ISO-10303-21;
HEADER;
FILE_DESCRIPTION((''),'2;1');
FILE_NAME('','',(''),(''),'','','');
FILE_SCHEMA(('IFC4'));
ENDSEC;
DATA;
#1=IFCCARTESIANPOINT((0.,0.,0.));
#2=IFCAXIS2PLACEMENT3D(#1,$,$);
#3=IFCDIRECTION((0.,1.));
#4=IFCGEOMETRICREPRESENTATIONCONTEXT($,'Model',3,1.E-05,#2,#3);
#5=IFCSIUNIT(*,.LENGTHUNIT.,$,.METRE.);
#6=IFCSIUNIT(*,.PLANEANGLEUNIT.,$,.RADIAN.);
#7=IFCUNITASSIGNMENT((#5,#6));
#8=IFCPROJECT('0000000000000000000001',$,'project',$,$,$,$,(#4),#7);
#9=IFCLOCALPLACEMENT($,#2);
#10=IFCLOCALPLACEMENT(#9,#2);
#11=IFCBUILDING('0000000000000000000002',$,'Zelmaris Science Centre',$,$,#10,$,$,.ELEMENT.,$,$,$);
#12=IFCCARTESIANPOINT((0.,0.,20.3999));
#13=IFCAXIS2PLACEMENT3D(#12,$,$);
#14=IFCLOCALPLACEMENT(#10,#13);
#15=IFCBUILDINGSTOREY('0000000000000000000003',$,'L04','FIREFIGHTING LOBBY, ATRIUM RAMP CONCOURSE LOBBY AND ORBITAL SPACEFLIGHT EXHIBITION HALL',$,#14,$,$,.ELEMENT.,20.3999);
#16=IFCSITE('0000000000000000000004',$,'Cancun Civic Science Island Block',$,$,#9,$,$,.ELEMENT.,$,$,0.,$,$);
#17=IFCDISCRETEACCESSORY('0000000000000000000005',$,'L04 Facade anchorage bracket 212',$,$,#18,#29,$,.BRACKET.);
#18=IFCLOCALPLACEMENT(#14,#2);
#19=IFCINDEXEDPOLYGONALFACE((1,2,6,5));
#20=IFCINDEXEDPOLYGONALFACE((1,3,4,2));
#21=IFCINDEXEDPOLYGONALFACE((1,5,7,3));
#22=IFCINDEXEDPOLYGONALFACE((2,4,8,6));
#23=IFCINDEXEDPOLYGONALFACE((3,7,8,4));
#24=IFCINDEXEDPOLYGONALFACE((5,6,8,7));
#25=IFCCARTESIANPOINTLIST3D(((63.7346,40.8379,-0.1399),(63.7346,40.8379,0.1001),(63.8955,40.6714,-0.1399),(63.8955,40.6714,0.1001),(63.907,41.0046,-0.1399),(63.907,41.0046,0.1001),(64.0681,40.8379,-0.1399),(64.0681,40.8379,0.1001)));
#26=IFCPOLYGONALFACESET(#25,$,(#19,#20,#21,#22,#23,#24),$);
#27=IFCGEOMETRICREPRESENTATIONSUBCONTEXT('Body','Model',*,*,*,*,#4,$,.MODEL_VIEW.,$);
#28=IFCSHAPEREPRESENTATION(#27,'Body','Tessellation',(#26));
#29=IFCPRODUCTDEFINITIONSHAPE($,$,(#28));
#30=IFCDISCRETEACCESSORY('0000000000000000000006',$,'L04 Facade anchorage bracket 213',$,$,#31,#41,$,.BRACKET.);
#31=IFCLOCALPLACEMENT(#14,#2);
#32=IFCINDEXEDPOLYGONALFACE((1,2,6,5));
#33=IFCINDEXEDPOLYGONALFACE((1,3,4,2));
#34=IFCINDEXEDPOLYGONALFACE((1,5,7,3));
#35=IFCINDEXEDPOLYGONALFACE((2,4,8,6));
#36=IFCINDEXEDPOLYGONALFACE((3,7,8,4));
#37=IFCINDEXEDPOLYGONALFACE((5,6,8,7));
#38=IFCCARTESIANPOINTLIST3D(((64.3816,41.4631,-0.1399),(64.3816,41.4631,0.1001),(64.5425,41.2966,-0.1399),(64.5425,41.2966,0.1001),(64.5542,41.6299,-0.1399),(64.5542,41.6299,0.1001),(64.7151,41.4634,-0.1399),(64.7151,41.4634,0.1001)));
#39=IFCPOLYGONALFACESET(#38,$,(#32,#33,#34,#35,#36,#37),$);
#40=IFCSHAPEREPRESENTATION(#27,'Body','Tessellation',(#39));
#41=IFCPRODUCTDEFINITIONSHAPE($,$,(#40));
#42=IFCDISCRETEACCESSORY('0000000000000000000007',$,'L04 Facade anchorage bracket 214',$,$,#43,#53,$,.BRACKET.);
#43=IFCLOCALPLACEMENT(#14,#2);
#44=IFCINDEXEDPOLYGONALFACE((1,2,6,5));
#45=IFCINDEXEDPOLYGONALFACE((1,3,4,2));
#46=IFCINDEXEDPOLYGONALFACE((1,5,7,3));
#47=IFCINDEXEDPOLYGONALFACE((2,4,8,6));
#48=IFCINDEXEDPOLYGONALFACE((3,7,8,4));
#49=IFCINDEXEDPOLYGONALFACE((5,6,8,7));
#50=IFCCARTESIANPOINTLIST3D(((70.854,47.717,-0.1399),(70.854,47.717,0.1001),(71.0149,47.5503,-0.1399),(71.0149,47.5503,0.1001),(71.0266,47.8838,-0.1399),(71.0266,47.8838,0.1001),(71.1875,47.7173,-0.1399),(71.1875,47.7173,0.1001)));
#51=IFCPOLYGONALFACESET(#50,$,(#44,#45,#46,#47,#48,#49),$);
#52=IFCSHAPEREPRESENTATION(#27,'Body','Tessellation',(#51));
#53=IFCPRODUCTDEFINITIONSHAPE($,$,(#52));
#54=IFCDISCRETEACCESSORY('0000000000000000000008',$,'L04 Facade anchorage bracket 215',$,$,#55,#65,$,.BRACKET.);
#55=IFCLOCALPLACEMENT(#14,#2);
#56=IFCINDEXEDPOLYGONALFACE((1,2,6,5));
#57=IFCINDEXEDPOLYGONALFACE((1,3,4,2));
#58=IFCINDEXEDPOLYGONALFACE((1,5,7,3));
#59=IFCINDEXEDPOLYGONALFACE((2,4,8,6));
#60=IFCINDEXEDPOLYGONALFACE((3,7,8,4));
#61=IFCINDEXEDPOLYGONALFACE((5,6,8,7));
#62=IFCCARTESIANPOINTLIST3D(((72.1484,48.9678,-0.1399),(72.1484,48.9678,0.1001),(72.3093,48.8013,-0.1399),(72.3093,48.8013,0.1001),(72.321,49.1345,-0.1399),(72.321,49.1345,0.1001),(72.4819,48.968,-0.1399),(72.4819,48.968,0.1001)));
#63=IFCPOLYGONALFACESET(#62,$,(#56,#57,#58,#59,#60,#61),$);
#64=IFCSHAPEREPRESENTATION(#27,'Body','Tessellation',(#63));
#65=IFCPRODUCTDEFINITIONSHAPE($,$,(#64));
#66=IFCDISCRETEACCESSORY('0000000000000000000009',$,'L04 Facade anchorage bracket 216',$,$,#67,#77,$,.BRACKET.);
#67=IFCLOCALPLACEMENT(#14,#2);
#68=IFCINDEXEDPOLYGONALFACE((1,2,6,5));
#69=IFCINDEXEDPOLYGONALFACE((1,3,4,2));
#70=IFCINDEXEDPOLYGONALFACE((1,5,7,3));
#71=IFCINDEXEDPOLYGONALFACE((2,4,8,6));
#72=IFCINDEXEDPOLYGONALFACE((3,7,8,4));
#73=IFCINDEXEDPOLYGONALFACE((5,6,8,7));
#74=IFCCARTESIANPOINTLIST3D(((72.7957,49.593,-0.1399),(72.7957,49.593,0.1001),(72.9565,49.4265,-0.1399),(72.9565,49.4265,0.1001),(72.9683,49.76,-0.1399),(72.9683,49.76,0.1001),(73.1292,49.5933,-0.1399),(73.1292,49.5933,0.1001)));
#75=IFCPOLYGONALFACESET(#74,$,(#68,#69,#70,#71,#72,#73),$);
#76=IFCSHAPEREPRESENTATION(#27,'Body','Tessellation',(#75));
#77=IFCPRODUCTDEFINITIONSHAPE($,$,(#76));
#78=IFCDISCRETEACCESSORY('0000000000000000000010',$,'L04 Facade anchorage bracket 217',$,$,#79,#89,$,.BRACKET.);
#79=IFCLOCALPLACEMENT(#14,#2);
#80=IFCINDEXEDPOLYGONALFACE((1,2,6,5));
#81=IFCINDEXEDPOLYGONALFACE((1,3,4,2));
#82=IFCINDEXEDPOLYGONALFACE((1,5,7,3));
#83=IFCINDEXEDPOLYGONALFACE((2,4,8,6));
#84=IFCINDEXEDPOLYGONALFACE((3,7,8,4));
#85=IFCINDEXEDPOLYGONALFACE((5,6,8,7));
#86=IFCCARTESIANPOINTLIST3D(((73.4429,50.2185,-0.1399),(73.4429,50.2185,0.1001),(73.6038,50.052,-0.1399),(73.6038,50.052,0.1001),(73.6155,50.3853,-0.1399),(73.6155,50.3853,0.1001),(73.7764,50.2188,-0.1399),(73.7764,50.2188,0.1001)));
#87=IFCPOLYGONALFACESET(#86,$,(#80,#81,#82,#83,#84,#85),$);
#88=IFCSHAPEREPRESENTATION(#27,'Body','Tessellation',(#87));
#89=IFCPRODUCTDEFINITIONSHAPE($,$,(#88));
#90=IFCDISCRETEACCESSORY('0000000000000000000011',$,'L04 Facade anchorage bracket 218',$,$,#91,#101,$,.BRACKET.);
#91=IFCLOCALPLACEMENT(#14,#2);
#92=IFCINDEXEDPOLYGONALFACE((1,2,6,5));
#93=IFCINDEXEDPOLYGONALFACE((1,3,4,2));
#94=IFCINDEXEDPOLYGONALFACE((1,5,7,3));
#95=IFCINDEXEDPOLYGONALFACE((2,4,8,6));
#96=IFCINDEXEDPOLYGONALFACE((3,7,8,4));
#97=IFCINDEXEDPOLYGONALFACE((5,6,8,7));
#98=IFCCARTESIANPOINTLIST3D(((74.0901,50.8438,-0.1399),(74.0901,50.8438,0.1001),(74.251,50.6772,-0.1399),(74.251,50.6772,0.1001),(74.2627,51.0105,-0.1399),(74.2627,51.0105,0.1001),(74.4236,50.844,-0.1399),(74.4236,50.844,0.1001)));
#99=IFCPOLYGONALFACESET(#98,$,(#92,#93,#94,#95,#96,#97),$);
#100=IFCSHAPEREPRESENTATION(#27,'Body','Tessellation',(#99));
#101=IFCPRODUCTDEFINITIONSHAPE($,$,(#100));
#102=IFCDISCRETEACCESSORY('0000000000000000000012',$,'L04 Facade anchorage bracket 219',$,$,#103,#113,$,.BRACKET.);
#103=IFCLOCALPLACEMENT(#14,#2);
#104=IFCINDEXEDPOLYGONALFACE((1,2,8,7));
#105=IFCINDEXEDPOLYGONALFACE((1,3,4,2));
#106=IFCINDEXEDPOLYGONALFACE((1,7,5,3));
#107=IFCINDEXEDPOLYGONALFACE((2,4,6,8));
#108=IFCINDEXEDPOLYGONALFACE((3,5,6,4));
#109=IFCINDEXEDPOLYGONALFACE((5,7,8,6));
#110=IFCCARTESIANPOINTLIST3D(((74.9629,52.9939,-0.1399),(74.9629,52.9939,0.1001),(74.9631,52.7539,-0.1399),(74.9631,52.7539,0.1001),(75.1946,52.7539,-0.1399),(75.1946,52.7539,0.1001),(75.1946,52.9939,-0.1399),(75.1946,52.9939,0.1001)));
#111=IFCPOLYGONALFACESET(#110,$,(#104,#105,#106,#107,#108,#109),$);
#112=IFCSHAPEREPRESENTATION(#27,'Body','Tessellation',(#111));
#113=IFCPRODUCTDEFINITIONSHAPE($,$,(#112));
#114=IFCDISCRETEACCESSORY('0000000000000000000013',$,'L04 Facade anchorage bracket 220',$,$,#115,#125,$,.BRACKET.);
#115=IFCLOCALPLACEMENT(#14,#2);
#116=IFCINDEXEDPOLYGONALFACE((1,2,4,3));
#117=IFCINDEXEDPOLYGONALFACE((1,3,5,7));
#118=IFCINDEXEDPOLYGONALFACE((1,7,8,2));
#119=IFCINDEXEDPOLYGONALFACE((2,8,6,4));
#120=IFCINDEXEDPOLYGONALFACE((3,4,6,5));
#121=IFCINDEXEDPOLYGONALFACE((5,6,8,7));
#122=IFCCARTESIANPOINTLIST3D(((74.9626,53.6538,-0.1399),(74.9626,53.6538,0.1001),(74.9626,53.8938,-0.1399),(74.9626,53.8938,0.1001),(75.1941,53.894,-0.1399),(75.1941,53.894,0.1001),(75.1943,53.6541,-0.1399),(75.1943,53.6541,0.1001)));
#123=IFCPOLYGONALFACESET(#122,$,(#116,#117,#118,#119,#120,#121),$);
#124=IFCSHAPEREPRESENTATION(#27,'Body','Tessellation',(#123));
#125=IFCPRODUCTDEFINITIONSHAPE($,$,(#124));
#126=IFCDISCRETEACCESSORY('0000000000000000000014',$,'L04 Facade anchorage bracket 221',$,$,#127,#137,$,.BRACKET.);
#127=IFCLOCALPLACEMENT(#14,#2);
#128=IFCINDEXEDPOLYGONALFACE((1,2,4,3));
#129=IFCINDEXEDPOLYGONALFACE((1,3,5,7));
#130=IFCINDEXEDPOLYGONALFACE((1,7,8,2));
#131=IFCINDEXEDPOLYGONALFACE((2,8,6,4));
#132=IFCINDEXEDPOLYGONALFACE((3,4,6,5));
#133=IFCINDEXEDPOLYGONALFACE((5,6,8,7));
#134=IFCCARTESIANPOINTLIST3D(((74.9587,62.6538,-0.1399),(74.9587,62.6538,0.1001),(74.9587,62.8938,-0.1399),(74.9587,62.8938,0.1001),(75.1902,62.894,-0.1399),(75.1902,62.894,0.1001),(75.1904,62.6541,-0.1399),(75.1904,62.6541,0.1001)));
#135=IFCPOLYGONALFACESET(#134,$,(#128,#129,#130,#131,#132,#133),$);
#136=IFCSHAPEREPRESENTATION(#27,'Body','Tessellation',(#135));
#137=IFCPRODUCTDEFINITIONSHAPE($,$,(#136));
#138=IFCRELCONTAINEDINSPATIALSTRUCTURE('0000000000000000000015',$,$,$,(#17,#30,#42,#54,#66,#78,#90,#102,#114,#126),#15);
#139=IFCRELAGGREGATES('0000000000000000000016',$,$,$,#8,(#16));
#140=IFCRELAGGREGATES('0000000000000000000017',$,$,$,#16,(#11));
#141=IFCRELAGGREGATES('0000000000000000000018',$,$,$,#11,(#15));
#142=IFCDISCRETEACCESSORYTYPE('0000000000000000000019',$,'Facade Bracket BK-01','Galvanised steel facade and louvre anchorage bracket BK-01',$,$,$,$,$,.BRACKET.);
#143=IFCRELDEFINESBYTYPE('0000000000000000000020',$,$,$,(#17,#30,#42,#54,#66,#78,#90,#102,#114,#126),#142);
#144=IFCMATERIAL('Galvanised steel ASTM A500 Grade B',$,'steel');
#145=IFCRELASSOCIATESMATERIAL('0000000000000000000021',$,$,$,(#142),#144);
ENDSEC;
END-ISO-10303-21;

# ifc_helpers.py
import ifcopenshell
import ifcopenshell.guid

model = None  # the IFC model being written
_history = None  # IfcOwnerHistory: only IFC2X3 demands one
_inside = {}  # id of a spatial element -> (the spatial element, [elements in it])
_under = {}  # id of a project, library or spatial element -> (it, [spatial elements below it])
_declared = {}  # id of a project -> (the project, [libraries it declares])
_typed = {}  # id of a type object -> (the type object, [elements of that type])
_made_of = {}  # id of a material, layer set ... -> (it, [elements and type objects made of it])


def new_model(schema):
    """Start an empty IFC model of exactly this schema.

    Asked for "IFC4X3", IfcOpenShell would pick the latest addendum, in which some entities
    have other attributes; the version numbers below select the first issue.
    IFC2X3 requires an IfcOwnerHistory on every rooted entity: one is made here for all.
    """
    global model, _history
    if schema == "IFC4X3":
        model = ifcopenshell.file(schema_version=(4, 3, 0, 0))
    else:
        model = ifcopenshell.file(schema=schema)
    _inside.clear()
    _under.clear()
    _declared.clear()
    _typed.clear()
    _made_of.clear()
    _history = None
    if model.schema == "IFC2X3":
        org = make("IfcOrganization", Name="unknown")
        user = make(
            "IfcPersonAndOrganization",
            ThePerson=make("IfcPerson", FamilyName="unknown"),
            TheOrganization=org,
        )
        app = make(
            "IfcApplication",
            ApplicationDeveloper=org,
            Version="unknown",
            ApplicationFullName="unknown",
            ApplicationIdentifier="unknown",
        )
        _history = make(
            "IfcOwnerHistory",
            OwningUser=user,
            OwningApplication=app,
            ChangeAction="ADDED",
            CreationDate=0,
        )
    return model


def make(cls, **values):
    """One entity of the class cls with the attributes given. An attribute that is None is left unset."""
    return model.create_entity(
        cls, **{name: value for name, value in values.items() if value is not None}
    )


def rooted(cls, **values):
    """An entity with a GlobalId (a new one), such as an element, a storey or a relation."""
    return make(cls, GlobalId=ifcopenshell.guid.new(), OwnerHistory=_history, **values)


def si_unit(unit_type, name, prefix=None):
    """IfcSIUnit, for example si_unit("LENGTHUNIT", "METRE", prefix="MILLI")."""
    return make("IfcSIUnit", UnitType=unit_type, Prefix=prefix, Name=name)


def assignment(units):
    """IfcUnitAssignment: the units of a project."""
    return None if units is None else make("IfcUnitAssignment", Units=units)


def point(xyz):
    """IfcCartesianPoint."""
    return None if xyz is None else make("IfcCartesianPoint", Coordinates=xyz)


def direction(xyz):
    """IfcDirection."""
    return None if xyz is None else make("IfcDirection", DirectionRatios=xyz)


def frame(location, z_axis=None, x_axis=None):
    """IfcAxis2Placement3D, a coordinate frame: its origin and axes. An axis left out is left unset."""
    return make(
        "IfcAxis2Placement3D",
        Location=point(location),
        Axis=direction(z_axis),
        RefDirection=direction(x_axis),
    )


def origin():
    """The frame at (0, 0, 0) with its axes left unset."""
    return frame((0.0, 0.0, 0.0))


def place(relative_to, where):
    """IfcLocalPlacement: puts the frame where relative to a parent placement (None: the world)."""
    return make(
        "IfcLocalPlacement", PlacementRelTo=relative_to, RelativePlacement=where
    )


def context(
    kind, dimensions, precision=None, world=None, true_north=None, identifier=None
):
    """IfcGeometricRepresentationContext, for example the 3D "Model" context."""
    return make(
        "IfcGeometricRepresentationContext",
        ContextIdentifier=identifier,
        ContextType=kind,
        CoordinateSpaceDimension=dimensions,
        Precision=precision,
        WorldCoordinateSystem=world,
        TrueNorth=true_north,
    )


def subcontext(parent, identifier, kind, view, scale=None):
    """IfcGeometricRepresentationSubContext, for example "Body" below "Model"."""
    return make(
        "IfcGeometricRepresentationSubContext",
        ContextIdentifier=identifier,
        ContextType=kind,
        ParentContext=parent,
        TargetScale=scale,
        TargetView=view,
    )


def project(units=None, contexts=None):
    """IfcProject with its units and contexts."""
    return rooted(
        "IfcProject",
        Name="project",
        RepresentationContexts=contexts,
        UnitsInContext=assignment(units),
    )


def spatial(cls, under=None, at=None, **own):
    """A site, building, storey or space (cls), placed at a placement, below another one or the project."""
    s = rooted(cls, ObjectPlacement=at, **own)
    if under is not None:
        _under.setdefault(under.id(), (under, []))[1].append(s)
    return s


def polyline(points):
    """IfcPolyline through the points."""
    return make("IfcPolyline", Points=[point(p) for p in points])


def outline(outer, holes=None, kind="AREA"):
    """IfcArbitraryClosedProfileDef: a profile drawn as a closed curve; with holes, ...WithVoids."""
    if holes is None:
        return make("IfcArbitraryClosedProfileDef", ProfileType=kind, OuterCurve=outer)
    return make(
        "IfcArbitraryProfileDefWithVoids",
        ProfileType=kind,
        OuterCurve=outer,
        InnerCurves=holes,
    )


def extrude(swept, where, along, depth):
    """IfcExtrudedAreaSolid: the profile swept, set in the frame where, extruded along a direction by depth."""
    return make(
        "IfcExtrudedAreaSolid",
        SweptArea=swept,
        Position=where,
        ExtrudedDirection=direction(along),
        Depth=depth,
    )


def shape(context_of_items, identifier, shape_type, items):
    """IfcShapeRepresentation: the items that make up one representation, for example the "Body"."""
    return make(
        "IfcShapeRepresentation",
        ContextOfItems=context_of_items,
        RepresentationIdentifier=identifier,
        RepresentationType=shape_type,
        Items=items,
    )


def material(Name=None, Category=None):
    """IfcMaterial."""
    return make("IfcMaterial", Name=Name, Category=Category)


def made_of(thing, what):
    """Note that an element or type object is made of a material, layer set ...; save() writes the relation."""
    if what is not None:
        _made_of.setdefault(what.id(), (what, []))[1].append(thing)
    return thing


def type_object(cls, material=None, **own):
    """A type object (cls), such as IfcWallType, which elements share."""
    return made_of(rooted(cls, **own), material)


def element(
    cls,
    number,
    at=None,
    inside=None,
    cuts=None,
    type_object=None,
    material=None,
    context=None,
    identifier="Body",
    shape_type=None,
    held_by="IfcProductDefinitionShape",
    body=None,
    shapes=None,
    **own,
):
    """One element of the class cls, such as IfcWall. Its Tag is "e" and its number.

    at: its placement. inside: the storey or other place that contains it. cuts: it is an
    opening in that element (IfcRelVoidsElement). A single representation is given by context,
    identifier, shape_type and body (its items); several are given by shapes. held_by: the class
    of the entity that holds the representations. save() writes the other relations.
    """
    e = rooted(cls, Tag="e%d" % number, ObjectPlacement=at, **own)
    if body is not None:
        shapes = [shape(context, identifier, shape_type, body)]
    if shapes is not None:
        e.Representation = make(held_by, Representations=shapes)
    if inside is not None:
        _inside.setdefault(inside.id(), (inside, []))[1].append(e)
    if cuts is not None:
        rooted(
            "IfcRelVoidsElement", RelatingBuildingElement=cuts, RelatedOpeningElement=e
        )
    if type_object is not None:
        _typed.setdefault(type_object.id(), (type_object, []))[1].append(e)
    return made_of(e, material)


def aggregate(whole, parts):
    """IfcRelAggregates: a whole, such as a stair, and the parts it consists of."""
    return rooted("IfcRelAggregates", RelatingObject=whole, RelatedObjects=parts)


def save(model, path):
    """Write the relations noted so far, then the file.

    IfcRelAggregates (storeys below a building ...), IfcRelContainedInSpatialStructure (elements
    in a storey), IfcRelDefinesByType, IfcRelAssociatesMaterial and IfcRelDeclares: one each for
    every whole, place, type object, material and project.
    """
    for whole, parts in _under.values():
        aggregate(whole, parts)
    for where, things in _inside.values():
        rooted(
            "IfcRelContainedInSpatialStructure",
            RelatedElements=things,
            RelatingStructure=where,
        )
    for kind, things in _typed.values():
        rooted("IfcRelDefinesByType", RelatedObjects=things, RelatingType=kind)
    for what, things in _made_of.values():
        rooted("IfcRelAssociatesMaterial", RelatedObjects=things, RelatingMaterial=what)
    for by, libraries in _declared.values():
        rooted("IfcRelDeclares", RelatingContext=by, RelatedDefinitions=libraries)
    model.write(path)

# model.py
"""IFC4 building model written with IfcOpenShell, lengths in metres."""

from ifc_helpers import new_model, si_unit, direction, frame, origin, place, context, subcontext, project, spatial, polyline, outline, extrude, material, type_object, element, save


model = new_model("IFC4")

# Units and contexts
model_context = context("Model", 3, precision=1e-05, world=origin(), true_north=direction((0.0, 1.0)))
body_context = subcontext(model_context, "Body", "Model", "MODEL_VIEW")
ifc_project = project(units=[si_unit("LENGTHUNIT", "METRE"), si_unit("PLANEANGLEUNIT", "RADIAN")], contexts=[model_context])

# Site, building, storey
site_placement = place(None, origin())
site = spatial("IfcSite", under=ifc_project, at=site_placement, Name="Cancun Civic Science Island Block", CompositionType="ELEMENT", RefElevation=0.0)
building_placement = place(site_placement, origin())
building = spatial("IfcBuilding", under=site, at=building_placement, Name="Zelmaris Science Centre", CompositionType="ELEMENT")
storey_placement = place(building_placement, frame((0.0, 0.0, 20.3999)))
storey = spatial("IfcBuildingStorey", under=building, at=storey_placement, Name="L04", Description="FIREFIGHTING LOBBY, ATRIUM RAMP CONCOURSE LOBBY AND ORBITAL SPACEFLIGHT EXHIBITION HALL", CompositionType="ELEMENT", Elevation=20.3999)

# Discrete accessories
ifc_material_1 = material(Name="Galvanised steel ASTM A500 Grade B", Category="steel")
discrete_accessory_type = type_object("IfcDiscreteAccessoryType", Name="Facade Bracket BK-01", Description="Galvanised steel facade and louvre anchorage bracket BK-01", PredefinedType="BRACKET", material=ifc_material_1)
discrete_accessory_1_placement = place(storey_placement, frame((0.0, 0.0, -0.1399)))
element("IfcDiscreteAccessory", 1, at=discrete_accessory_1_placement, inside=storey, type_object=discrete_accessory_type, Name="L04 Facade anchorage bracket 212", PredefinedType="BRACKET", context=body_context, shape_type="SweptSolid", body=[
    extrude(outline(polyline([(63.8955, 40.6714), (64.0681, 40.8379), (63.907, 41.0046), (63.7346, 40.8379), (63.8955, 40.6714)])), origin(), (0.0, 0.0, 1.0), 0.24),
])
discrete_accessory_2_placement = place(storey_placement, frame((0.0, 0.0, -0.1399)))
element("IfcDiscreteAccessory", 2, at=discrete_accessory_2_placement, inside=storey, type_object=discrete_accessory_type, Name="L04 Facade anchorage bracket 213", PredefinedType="BRACKET", context=body_context, shape_type="SweptSolid", body=[
    extrude(outline(polyline([(64.5425, 41.2966), (64.7151, 41.4634), (64.5542, 41.6299), (64.3816, 41.4631), (64.5425, 41.2966)])), origin(), (0.0, 0.0, 1.0), 0.24),
])
discrete_accessory_3_placement = place(storey_placement, frame((0.0, 0.0, -0.1399)))
element("IfcDiscreteAccessory", 3, at=discrete_accessory_3_placement, inside=storey, type_object=discrete_accessory_type, Name="L04 Facade anchorage bracket 214", PredefinedType="BRACKET", context=body_context, shape_type="SweptSolid", body=[
    extrude(outline(polyline([(71.0149, 47.5503), (71.1875, 47.7173), (71.0266, 47.8838), (70.854, 47.717), (71.0149, 47.5503)])), origin(), (0.0, 0.0, 1.0), 0.24),
])
discrete_accessory_4_placement = place(storey_placement, frame((0.0, 0.0, -0.1399)))
element("IfcDiscreteAccessory", 4, at=discrete_accessory_4_placement, inside=storey, type_object=discrete_accessory_type, Name="L04 Facade anchorage bracket 215", PredefinedType="BRACKET", context=body_context, shape_type="SweptSolid", body=[
    extrude(outline(polyline([(72.3093, 48.8013), (72.4819, 48.968), (72.321, 49.1345), (72.1484, 48.9678), (72.3093, 48.8013)])), origin(), (0.0, 0.0, 1.0), 0.24),
])
discrete_accessory_5_placement = place(storey_placement, frame((0.0, 0.0, -0.1399)))
element("IfcDiscreteAccessory", 5, at=discrete_accessory_5_placement, inside=storey, type_object=discrete_accessory_type, Name="L04 Facade anchorage bracket 216", PredefinedType="BRACKET", context=body_context, shape_type="SweptSolid", body=[
    extrude(outline(polyline([(72.9565, 49.4265), (73.1292, 49.5933), (72.9683, 49.76), (72.7957, 49.593), (72.9565, 49.4265)])), origin(), (0.0, 0.0, 1.0), 0.24),
])
discrete_accessory_6_placement = place(storey_placement, frame((0.0, 0.0, -0.1399)))
element("IfcDiscreteAccessory", 6, at=discrete_accessory_6_placement, inside=storey, type_object=discrete_accessory_type, Name="L04 Facade anchorage bracket 217", PredefinedType="BRACKET", context=body_context, shape_type="SweptSolid", body=[
    extrude(outline(polyline([(73.6038, 50.052), (73.7764, 50.2188), (73.6155, 50.3853), (73.4429, 50.2185), (73.6038, 50.052)])), origin(), (0.0, 0.0, 1.0), 0.24),
])
discrete_accessory_7_placement = place(storey_placement, frame((0.0, 0.0, -0.1399)))
element("IfcDiscreteAccessory", 7, at=discrete_accessory_7_placement, inside=storey, type_object=discrete_accessory_type, Name="L04 Facade anchorage bracket 218", PredefinedType="BRACKET", context=body_context, shape_type="SweptSolid", body=[
    extrude(outline(polyline([(74.251, 50.6772), (74.4236, 50.844), (74.2627, 51.0105), (74.0901, 50.8438), (74.251, 50.6772)])), origin(), (0.0, 0.0, 1.0), 0.24),
])
discrete_accessory_8_placement = place(storey_placement, frame((0.0, 0.0, -0.1399)))
element("IfcDiscreteAccessory", 8, at=discrete_accessory_8_placement, inside=storey, type_object=discrete_accessory_type, Name="L04 Facade anchorage bracket 219", PredefinedType="BRACKET", context=body_context, shape_type="SweptSolid", body=[
    extrude(outline(polyline([(75.1946, 52.7539), (75.1946, 52.9939), (74.9629, 52.9939), (74.9631, 52.7539), (75.1946, 52.7539)])), origin(), (0.0, 0.0, 1.0), 0.24),
])
discrete_accessory_9_placement = place(storey_placement, frame((0.0, 0.0, -0.1399)))
element("IfcDiscreteAccessory", 9, at=discrete_accessory_9_placement, inside=storey, type_object=discrete_accessory_type, Name="L04 Facade anchorage bracket 220", PredefinedType="BRACKET", context=body_context, shape_type="SweptSolid", body=[
    extrude(outline(polyline([(75.1943, 53.6541), (75.1941, 53.894), (74.9626, 53.8938), (74.9626, 53.6538), (75.1943, 53.6541)])), origin(), (0.0, 0.0, 1.0), 0.24),
])
discrete_accessory_10_placement = place(storey_placement, frame((0.0, 0.0, -0.1399)))
element("IfcDiscreteAccessory", 10, at=discrete_accessory_10_placement, inside=storey, type_object=discrete_accessory_type, Name="L04 Facade anchorage bracket 221", PredefinedType="BRACKET", context=body_context, shape_type="SweptSolid", body=[
    extrude(outline(polyline([(75.1904, 62.6541), (75.1902, 62.894), (74.9587, 62.8938), (74.9587, 62.6538), (75.1904, 62.6541)])), origin(), (0.0, 0.0, 1.0), 0.24),
])

save(model, "model.ifc")
